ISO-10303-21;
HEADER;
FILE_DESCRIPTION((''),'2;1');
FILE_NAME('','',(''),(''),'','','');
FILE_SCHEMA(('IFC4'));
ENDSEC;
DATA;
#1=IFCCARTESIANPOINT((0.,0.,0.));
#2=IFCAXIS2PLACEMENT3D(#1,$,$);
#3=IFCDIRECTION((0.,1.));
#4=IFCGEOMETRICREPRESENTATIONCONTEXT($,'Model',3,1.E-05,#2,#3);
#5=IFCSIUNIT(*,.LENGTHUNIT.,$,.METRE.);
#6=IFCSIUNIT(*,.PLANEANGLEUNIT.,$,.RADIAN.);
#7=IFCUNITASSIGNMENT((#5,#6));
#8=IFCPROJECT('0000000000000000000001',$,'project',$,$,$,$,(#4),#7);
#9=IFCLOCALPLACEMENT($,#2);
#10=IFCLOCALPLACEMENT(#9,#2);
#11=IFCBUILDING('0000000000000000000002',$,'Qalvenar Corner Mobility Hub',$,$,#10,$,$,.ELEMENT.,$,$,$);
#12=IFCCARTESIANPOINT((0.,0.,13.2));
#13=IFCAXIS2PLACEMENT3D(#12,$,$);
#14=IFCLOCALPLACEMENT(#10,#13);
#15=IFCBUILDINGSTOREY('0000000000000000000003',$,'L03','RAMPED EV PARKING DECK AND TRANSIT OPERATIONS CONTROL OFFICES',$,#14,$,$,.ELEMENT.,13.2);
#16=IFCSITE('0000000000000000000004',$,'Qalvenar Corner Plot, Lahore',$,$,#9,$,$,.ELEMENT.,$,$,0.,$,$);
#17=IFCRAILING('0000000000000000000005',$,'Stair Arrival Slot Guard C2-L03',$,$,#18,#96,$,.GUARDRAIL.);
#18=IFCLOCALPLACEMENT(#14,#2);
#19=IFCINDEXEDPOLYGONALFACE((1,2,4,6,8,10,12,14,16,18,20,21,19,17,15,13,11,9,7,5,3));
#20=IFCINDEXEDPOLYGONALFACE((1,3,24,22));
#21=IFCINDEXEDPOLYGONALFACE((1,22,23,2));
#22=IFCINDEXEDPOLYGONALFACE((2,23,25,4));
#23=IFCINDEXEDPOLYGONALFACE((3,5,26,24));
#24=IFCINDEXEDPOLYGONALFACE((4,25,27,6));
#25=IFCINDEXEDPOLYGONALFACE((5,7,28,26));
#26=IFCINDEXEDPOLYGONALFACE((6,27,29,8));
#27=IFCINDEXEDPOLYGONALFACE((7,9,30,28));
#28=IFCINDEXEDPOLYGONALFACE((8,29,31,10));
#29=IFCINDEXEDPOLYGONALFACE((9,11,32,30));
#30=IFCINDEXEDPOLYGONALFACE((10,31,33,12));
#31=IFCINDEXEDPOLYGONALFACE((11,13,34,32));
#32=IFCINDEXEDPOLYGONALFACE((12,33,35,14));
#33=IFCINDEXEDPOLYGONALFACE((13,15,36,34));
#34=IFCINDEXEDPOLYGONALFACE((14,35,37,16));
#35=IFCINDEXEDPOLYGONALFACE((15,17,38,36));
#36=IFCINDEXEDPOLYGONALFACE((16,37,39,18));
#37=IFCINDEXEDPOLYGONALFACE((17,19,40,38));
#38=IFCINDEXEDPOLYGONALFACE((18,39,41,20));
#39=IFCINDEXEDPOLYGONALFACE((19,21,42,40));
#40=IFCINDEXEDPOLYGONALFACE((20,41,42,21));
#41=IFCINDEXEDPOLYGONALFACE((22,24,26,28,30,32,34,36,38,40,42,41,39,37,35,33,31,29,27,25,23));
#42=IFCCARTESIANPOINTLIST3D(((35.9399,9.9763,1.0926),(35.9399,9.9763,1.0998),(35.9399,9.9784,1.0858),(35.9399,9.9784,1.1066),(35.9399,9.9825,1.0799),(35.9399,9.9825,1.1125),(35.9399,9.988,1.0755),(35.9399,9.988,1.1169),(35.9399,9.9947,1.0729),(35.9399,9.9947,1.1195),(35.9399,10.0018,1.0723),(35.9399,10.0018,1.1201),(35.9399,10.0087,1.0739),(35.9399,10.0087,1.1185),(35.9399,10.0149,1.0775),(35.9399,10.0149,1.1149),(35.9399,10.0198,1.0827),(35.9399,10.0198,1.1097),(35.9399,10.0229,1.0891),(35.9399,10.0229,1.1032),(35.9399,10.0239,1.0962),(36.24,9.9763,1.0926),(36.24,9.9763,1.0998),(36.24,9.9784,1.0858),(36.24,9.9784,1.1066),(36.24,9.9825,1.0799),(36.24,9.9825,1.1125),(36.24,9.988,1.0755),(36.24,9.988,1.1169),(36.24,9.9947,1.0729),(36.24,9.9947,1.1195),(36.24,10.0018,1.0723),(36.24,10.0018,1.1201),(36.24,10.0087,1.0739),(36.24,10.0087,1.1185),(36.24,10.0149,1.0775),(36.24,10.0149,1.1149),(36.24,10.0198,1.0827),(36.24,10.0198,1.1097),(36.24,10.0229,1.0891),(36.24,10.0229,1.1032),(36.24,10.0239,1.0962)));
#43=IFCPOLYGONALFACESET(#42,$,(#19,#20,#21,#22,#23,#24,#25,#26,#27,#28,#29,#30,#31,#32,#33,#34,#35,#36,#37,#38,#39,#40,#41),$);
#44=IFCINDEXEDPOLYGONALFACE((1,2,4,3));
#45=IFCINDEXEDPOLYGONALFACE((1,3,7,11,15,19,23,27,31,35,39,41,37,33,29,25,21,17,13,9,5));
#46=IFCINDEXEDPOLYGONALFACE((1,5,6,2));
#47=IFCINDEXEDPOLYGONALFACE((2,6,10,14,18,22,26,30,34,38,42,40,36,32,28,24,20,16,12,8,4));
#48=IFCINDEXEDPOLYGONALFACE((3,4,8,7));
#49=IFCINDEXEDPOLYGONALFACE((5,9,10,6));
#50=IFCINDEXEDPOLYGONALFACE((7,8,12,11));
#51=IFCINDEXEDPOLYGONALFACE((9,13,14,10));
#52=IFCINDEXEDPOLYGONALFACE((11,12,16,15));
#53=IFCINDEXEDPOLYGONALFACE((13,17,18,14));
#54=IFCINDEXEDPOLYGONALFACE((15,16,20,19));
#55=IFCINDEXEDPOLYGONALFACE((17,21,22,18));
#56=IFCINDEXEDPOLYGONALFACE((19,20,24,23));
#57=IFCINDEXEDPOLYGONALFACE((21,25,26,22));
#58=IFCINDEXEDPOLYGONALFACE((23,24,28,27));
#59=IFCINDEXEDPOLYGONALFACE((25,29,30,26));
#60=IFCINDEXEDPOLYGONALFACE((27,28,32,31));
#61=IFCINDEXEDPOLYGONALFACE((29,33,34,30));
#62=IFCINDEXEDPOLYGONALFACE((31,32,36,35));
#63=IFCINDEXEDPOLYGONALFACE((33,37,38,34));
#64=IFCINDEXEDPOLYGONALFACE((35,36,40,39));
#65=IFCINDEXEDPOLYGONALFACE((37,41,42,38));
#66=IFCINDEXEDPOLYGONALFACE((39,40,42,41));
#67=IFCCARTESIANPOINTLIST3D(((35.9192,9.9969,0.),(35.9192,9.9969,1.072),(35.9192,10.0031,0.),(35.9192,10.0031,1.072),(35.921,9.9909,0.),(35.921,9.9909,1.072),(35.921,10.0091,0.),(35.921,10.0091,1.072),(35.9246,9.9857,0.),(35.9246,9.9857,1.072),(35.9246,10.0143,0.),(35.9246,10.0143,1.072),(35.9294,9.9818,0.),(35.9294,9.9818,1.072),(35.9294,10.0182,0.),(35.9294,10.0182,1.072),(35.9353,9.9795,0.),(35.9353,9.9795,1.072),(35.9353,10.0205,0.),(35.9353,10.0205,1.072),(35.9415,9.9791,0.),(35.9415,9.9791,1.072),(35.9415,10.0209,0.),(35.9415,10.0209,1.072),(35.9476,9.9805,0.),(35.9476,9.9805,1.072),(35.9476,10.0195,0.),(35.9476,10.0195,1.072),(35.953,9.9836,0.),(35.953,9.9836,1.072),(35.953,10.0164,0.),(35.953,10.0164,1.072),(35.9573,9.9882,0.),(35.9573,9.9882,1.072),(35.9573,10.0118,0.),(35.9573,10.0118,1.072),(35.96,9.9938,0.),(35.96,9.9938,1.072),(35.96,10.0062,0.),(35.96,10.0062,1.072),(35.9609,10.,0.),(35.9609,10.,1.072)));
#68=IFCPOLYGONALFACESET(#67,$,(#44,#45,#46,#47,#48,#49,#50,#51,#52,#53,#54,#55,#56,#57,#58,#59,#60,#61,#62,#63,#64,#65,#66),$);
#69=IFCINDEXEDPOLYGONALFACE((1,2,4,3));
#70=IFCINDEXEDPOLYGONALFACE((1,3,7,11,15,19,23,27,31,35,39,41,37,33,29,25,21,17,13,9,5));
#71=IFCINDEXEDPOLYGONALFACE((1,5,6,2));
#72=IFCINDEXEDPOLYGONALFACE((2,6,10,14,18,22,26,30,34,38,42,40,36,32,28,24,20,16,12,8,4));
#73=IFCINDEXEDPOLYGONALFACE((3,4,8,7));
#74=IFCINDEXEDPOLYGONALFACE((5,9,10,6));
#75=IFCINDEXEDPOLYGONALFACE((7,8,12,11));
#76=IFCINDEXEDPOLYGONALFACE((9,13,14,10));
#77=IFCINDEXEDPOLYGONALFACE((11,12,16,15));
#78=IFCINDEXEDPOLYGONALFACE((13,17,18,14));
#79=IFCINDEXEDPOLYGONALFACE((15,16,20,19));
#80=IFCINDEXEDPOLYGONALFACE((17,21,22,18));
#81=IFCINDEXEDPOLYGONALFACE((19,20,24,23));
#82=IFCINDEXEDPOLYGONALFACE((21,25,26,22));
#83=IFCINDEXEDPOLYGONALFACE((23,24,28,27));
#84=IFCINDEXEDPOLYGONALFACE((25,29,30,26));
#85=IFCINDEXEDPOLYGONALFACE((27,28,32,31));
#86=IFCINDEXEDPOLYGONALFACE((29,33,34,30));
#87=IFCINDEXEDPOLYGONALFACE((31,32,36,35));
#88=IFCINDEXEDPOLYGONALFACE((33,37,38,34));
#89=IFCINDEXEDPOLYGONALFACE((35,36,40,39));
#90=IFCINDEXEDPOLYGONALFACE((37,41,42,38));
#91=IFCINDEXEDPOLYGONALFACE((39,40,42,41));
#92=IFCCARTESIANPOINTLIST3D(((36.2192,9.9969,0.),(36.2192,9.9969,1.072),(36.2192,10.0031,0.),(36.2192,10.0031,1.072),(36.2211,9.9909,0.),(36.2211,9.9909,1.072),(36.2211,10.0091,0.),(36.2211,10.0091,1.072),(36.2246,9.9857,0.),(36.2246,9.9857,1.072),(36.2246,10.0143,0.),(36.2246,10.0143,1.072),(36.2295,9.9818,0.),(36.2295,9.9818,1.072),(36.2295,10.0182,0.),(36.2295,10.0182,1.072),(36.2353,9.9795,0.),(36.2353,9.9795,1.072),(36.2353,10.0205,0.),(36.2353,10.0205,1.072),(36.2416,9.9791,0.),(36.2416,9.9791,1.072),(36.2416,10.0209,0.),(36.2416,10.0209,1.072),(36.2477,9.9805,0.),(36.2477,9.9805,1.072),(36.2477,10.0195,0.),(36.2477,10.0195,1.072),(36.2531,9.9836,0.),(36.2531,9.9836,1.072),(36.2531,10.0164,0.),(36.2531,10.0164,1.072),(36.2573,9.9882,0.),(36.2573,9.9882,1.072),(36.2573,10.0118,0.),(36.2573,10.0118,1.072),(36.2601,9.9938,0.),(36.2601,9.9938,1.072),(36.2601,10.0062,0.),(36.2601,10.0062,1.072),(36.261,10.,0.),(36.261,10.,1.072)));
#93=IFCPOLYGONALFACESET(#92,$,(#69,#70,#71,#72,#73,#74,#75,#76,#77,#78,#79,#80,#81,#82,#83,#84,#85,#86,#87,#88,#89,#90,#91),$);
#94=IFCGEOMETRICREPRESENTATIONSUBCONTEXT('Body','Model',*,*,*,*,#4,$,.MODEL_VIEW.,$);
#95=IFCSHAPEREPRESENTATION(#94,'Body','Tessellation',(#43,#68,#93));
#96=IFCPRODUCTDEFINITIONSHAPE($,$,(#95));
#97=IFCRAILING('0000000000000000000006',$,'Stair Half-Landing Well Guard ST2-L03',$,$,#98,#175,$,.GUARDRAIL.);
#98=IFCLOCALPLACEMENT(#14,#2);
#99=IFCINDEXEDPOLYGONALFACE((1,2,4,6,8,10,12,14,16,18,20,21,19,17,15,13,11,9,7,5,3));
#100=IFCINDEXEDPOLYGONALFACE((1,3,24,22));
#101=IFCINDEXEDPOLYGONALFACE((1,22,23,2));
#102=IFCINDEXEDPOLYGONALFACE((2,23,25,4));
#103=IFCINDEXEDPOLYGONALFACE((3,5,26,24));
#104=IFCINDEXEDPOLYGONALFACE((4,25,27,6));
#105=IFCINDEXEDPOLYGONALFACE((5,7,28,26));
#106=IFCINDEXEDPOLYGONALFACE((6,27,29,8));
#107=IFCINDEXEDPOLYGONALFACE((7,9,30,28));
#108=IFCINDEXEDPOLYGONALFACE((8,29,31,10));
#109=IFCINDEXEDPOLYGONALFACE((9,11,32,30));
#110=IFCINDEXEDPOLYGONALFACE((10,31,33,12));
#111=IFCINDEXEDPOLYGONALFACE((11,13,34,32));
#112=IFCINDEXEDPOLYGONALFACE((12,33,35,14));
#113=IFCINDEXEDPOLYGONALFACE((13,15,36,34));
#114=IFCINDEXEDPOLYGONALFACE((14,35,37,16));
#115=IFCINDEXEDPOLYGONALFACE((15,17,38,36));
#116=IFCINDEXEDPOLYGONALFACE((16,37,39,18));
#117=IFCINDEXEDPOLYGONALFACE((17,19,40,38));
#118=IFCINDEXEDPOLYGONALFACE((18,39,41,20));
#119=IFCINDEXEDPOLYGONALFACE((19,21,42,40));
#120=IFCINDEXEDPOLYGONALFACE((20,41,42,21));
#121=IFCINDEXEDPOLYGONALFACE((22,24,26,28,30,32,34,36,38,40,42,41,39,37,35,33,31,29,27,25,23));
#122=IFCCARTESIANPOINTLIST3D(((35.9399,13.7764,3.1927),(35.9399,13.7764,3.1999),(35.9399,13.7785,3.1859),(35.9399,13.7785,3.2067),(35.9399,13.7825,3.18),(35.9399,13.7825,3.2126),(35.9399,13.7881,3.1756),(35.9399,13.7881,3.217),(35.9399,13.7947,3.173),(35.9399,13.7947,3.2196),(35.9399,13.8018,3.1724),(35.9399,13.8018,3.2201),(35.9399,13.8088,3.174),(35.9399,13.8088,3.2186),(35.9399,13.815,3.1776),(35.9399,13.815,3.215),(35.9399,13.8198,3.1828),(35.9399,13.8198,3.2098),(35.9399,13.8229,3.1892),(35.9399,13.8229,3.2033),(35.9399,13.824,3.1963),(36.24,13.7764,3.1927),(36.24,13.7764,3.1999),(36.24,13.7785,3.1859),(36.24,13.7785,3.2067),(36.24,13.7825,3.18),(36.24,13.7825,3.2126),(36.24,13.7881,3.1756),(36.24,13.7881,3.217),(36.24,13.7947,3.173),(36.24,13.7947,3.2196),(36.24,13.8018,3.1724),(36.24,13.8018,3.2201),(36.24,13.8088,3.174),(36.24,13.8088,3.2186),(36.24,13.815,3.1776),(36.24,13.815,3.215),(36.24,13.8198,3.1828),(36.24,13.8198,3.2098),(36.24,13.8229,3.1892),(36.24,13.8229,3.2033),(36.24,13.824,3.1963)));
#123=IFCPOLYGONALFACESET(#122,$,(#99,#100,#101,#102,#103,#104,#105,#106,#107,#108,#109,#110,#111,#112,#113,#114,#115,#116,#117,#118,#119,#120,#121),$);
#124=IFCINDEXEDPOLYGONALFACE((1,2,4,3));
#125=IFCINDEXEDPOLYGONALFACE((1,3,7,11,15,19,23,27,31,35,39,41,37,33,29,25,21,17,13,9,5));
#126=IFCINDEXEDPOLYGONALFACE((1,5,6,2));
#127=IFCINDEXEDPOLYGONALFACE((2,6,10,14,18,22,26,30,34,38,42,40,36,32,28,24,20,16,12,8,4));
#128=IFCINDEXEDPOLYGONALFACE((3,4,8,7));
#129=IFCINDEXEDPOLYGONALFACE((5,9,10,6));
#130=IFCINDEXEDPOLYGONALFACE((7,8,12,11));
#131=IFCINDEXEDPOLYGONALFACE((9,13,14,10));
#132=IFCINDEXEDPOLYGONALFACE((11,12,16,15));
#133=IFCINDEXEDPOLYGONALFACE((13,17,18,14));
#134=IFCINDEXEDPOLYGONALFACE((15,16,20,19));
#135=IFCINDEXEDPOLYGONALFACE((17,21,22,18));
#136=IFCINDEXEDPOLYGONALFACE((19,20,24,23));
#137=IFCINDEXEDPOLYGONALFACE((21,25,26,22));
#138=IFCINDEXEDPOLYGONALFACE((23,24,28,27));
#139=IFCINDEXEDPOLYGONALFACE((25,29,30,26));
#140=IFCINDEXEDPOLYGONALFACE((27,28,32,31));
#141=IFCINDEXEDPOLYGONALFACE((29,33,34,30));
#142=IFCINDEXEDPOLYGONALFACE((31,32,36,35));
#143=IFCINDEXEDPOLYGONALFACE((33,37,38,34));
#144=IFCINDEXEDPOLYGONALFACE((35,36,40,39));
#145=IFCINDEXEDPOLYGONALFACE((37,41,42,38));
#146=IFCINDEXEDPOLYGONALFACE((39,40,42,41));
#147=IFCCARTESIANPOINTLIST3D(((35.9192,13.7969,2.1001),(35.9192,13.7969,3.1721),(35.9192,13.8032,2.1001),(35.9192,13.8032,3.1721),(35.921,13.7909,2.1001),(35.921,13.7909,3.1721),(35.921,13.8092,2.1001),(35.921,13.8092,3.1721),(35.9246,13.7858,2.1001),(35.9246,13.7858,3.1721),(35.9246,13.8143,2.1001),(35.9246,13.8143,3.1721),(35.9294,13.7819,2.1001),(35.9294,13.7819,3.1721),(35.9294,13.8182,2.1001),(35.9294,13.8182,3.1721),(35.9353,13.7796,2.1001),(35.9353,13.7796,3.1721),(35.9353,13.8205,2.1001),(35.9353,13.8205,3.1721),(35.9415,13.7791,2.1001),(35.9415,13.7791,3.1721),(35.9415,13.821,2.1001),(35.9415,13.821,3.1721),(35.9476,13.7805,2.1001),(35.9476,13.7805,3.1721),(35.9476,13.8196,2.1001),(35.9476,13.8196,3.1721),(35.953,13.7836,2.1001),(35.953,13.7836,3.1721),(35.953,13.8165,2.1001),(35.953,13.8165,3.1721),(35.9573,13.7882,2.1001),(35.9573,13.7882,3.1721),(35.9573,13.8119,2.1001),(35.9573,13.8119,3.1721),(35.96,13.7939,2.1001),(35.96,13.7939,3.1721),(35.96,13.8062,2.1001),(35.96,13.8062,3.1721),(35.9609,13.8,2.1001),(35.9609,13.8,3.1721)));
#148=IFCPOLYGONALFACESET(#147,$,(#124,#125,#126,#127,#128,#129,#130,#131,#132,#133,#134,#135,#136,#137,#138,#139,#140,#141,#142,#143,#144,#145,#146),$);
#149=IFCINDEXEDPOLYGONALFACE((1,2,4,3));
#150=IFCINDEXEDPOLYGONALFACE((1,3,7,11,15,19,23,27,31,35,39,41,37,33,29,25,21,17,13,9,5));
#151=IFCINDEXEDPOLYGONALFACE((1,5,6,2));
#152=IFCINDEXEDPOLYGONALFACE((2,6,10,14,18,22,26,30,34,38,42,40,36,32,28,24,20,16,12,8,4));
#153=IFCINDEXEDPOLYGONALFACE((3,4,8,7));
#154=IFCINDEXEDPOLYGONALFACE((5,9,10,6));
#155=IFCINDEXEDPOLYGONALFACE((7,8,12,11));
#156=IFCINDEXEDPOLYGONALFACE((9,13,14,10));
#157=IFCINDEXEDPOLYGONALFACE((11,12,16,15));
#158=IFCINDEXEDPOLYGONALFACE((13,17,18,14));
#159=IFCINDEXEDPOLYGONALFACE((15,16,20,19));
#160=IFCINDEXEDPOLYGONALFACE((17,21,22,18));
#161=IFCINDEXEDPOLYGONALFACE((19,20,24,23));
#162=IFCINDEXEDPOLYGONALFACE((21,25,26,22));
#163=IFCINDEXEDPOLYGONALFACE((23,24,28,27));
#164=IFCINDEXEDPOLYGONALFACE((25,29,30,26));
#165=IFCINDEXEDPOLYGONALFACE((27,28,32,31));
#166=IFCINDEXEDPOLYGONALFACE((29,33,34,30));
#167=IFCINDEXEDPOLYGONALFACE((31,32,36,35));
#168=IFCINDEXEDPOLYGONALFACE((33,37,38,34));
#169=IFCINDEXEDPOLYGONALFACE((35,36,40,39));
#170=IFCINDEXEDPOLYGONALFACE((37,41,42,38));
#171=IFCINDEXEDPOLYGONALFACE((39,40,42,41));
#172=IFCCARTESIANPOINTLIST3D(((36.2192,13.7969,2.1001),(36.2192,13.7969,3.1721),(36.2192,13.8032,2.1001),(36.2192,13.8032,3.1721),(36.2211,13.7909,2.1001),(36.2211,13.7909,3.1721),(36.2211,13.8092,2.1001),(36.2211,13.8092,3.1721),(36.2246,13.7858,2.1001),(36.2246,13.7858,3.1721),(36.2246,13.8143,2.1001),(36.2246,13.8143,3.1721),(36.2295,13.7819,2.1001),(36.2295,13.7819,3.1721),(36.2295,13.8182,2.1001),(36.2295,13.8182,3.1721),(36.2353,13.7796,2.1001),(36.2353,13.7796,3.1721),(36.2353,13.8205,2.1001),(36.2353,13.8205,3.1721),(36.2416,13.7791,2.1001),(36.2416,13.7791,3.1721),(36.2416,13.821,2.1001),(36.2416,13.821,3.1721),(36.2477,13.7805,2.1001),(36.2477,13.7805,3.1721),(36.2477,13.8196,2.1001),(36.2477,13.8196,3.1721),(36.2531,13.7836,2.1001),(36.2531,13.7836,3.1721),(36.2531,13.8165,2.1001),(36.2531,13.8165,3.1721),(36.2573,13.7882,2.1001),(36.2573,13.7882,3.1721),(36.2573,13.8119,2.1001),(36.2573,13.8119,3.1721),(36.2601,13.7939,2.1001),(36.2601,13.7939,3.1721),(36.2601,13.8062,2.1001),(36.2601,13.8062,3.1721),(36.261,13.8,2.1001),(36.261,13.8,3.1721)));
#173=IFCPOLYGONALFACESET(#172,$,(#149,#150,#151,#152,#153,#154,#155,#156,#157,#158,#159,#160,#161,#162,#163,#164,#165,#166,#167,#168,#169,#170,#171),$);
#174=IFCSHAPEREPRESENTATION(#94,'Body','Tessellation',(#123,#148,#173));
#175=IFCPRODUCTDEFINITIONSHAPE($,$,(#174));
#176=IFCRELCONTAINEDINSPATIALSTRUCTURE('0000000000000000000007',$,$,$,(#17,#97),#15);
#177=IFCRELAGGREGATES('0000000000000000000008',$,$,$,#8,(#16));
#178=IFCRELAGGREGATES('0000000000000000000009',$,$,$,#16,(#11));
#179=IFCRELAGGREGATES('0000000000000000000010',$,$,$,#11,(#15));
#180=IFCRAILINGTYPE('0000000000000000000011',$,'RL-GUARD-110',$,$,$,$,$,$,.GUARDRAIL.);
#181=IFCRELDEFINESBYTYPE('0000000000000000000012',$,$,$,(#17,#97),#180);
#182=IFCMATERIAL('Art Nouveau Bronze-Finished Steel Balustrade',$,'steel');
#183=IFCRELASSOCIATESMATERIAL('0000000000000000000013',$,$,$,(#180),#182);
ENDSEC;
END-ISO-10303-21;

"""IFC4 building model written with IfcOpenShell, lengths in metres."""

from ifc_helpers import new_model, si_unit, direction, frame, origin, origin_2d, place, context, subcontext, project, spatial, circle, extrude, material, type_object, element, save


model = new_model("IFC4")

# Units and contexts
model_context = context("Model", 3, precision=1e-05, world=origin(), true_north=direction((0.0, 1.0)))
body_context = subcontext(model_context, "Body", "Model", "MODEL_VIEW")
ifc_project = project(units=[si_unit("LENGTHUNIT", "METRE"), si_unit("PLANEANGLEUNIT", "RADIAN")], contexts=[model_context])

# Site, building, storey
site_placement = place(None, origin())
site = spatial("IfcSite", under=ifc_project, at=site_placement, Name="Qalvenar Corner Plot, Lahore", CompositionType="ELEMENT", RefElevation=0.0)
building_placement = place(site_placement, origin())
building = spatial("IfcBuilding", under=site, at=building_placement, Name="Qalvenar Corner Mobility Hub", CompositionType="ELEMENT")
storey_placement = place(building_placement, frame((0.0, 0.0, 13.2)))
storey = spatial("IfcBuildingStorey", under=building, at=storey_placement, Name="L03", Description="RAMPED EV PARKING DECK AND TRANSIT OPERATIONS CONTROL OFFICES", CompositionType="ELEMENT", Elevation=13.2)

# Railings
ifc_material_1 = material(Name="Art Nouveau Bronze-Finished Steel Balustrade", Category="steel")
railing_type_1 = type_object("IfcRailingType", Name="RL-GUARD-110", PredefinedType="GUARDRAIL", material=ifc_material_1)
for number, where, name in (
    (1, (35.9399, 10.0, 0.0), "Stair Arrival Slot Guard C2-L03"),
    (2, (35.9399, 13.8, 2.1001), "Stair Half-Landing Well Guard ST2-L03"),
):
    element("IfcRailing", number, at=place(storey_placement, frame(where)), inside=storey, type_object=railing_type_1, Name=name, PredefinedType="GUARDRAIL", context=body_context, shape_type="SweptSolid", body=[
        extrude(circle(Radius=0.0239, at=origin_2d()), frame((0.0, 0.0, 1.0962), z_axis=(1.0, 0.0, 0.0), x_axis=(0.0, 1.0, 0.0)), (0.0, 0.0, 1.0), 0.3),
        extrude(circle(Radius=0.021, at=origin_2d()), origin(), (0.0, 0.0, 1.0), 1.072),
        extrude(circle(Radius=0.021, at=origin_2d()), frame((0.3, 0.0, 0.0)), (0.0, 0.0, 1.0), 1.072),
    ])

save(model, "model.ifc")
